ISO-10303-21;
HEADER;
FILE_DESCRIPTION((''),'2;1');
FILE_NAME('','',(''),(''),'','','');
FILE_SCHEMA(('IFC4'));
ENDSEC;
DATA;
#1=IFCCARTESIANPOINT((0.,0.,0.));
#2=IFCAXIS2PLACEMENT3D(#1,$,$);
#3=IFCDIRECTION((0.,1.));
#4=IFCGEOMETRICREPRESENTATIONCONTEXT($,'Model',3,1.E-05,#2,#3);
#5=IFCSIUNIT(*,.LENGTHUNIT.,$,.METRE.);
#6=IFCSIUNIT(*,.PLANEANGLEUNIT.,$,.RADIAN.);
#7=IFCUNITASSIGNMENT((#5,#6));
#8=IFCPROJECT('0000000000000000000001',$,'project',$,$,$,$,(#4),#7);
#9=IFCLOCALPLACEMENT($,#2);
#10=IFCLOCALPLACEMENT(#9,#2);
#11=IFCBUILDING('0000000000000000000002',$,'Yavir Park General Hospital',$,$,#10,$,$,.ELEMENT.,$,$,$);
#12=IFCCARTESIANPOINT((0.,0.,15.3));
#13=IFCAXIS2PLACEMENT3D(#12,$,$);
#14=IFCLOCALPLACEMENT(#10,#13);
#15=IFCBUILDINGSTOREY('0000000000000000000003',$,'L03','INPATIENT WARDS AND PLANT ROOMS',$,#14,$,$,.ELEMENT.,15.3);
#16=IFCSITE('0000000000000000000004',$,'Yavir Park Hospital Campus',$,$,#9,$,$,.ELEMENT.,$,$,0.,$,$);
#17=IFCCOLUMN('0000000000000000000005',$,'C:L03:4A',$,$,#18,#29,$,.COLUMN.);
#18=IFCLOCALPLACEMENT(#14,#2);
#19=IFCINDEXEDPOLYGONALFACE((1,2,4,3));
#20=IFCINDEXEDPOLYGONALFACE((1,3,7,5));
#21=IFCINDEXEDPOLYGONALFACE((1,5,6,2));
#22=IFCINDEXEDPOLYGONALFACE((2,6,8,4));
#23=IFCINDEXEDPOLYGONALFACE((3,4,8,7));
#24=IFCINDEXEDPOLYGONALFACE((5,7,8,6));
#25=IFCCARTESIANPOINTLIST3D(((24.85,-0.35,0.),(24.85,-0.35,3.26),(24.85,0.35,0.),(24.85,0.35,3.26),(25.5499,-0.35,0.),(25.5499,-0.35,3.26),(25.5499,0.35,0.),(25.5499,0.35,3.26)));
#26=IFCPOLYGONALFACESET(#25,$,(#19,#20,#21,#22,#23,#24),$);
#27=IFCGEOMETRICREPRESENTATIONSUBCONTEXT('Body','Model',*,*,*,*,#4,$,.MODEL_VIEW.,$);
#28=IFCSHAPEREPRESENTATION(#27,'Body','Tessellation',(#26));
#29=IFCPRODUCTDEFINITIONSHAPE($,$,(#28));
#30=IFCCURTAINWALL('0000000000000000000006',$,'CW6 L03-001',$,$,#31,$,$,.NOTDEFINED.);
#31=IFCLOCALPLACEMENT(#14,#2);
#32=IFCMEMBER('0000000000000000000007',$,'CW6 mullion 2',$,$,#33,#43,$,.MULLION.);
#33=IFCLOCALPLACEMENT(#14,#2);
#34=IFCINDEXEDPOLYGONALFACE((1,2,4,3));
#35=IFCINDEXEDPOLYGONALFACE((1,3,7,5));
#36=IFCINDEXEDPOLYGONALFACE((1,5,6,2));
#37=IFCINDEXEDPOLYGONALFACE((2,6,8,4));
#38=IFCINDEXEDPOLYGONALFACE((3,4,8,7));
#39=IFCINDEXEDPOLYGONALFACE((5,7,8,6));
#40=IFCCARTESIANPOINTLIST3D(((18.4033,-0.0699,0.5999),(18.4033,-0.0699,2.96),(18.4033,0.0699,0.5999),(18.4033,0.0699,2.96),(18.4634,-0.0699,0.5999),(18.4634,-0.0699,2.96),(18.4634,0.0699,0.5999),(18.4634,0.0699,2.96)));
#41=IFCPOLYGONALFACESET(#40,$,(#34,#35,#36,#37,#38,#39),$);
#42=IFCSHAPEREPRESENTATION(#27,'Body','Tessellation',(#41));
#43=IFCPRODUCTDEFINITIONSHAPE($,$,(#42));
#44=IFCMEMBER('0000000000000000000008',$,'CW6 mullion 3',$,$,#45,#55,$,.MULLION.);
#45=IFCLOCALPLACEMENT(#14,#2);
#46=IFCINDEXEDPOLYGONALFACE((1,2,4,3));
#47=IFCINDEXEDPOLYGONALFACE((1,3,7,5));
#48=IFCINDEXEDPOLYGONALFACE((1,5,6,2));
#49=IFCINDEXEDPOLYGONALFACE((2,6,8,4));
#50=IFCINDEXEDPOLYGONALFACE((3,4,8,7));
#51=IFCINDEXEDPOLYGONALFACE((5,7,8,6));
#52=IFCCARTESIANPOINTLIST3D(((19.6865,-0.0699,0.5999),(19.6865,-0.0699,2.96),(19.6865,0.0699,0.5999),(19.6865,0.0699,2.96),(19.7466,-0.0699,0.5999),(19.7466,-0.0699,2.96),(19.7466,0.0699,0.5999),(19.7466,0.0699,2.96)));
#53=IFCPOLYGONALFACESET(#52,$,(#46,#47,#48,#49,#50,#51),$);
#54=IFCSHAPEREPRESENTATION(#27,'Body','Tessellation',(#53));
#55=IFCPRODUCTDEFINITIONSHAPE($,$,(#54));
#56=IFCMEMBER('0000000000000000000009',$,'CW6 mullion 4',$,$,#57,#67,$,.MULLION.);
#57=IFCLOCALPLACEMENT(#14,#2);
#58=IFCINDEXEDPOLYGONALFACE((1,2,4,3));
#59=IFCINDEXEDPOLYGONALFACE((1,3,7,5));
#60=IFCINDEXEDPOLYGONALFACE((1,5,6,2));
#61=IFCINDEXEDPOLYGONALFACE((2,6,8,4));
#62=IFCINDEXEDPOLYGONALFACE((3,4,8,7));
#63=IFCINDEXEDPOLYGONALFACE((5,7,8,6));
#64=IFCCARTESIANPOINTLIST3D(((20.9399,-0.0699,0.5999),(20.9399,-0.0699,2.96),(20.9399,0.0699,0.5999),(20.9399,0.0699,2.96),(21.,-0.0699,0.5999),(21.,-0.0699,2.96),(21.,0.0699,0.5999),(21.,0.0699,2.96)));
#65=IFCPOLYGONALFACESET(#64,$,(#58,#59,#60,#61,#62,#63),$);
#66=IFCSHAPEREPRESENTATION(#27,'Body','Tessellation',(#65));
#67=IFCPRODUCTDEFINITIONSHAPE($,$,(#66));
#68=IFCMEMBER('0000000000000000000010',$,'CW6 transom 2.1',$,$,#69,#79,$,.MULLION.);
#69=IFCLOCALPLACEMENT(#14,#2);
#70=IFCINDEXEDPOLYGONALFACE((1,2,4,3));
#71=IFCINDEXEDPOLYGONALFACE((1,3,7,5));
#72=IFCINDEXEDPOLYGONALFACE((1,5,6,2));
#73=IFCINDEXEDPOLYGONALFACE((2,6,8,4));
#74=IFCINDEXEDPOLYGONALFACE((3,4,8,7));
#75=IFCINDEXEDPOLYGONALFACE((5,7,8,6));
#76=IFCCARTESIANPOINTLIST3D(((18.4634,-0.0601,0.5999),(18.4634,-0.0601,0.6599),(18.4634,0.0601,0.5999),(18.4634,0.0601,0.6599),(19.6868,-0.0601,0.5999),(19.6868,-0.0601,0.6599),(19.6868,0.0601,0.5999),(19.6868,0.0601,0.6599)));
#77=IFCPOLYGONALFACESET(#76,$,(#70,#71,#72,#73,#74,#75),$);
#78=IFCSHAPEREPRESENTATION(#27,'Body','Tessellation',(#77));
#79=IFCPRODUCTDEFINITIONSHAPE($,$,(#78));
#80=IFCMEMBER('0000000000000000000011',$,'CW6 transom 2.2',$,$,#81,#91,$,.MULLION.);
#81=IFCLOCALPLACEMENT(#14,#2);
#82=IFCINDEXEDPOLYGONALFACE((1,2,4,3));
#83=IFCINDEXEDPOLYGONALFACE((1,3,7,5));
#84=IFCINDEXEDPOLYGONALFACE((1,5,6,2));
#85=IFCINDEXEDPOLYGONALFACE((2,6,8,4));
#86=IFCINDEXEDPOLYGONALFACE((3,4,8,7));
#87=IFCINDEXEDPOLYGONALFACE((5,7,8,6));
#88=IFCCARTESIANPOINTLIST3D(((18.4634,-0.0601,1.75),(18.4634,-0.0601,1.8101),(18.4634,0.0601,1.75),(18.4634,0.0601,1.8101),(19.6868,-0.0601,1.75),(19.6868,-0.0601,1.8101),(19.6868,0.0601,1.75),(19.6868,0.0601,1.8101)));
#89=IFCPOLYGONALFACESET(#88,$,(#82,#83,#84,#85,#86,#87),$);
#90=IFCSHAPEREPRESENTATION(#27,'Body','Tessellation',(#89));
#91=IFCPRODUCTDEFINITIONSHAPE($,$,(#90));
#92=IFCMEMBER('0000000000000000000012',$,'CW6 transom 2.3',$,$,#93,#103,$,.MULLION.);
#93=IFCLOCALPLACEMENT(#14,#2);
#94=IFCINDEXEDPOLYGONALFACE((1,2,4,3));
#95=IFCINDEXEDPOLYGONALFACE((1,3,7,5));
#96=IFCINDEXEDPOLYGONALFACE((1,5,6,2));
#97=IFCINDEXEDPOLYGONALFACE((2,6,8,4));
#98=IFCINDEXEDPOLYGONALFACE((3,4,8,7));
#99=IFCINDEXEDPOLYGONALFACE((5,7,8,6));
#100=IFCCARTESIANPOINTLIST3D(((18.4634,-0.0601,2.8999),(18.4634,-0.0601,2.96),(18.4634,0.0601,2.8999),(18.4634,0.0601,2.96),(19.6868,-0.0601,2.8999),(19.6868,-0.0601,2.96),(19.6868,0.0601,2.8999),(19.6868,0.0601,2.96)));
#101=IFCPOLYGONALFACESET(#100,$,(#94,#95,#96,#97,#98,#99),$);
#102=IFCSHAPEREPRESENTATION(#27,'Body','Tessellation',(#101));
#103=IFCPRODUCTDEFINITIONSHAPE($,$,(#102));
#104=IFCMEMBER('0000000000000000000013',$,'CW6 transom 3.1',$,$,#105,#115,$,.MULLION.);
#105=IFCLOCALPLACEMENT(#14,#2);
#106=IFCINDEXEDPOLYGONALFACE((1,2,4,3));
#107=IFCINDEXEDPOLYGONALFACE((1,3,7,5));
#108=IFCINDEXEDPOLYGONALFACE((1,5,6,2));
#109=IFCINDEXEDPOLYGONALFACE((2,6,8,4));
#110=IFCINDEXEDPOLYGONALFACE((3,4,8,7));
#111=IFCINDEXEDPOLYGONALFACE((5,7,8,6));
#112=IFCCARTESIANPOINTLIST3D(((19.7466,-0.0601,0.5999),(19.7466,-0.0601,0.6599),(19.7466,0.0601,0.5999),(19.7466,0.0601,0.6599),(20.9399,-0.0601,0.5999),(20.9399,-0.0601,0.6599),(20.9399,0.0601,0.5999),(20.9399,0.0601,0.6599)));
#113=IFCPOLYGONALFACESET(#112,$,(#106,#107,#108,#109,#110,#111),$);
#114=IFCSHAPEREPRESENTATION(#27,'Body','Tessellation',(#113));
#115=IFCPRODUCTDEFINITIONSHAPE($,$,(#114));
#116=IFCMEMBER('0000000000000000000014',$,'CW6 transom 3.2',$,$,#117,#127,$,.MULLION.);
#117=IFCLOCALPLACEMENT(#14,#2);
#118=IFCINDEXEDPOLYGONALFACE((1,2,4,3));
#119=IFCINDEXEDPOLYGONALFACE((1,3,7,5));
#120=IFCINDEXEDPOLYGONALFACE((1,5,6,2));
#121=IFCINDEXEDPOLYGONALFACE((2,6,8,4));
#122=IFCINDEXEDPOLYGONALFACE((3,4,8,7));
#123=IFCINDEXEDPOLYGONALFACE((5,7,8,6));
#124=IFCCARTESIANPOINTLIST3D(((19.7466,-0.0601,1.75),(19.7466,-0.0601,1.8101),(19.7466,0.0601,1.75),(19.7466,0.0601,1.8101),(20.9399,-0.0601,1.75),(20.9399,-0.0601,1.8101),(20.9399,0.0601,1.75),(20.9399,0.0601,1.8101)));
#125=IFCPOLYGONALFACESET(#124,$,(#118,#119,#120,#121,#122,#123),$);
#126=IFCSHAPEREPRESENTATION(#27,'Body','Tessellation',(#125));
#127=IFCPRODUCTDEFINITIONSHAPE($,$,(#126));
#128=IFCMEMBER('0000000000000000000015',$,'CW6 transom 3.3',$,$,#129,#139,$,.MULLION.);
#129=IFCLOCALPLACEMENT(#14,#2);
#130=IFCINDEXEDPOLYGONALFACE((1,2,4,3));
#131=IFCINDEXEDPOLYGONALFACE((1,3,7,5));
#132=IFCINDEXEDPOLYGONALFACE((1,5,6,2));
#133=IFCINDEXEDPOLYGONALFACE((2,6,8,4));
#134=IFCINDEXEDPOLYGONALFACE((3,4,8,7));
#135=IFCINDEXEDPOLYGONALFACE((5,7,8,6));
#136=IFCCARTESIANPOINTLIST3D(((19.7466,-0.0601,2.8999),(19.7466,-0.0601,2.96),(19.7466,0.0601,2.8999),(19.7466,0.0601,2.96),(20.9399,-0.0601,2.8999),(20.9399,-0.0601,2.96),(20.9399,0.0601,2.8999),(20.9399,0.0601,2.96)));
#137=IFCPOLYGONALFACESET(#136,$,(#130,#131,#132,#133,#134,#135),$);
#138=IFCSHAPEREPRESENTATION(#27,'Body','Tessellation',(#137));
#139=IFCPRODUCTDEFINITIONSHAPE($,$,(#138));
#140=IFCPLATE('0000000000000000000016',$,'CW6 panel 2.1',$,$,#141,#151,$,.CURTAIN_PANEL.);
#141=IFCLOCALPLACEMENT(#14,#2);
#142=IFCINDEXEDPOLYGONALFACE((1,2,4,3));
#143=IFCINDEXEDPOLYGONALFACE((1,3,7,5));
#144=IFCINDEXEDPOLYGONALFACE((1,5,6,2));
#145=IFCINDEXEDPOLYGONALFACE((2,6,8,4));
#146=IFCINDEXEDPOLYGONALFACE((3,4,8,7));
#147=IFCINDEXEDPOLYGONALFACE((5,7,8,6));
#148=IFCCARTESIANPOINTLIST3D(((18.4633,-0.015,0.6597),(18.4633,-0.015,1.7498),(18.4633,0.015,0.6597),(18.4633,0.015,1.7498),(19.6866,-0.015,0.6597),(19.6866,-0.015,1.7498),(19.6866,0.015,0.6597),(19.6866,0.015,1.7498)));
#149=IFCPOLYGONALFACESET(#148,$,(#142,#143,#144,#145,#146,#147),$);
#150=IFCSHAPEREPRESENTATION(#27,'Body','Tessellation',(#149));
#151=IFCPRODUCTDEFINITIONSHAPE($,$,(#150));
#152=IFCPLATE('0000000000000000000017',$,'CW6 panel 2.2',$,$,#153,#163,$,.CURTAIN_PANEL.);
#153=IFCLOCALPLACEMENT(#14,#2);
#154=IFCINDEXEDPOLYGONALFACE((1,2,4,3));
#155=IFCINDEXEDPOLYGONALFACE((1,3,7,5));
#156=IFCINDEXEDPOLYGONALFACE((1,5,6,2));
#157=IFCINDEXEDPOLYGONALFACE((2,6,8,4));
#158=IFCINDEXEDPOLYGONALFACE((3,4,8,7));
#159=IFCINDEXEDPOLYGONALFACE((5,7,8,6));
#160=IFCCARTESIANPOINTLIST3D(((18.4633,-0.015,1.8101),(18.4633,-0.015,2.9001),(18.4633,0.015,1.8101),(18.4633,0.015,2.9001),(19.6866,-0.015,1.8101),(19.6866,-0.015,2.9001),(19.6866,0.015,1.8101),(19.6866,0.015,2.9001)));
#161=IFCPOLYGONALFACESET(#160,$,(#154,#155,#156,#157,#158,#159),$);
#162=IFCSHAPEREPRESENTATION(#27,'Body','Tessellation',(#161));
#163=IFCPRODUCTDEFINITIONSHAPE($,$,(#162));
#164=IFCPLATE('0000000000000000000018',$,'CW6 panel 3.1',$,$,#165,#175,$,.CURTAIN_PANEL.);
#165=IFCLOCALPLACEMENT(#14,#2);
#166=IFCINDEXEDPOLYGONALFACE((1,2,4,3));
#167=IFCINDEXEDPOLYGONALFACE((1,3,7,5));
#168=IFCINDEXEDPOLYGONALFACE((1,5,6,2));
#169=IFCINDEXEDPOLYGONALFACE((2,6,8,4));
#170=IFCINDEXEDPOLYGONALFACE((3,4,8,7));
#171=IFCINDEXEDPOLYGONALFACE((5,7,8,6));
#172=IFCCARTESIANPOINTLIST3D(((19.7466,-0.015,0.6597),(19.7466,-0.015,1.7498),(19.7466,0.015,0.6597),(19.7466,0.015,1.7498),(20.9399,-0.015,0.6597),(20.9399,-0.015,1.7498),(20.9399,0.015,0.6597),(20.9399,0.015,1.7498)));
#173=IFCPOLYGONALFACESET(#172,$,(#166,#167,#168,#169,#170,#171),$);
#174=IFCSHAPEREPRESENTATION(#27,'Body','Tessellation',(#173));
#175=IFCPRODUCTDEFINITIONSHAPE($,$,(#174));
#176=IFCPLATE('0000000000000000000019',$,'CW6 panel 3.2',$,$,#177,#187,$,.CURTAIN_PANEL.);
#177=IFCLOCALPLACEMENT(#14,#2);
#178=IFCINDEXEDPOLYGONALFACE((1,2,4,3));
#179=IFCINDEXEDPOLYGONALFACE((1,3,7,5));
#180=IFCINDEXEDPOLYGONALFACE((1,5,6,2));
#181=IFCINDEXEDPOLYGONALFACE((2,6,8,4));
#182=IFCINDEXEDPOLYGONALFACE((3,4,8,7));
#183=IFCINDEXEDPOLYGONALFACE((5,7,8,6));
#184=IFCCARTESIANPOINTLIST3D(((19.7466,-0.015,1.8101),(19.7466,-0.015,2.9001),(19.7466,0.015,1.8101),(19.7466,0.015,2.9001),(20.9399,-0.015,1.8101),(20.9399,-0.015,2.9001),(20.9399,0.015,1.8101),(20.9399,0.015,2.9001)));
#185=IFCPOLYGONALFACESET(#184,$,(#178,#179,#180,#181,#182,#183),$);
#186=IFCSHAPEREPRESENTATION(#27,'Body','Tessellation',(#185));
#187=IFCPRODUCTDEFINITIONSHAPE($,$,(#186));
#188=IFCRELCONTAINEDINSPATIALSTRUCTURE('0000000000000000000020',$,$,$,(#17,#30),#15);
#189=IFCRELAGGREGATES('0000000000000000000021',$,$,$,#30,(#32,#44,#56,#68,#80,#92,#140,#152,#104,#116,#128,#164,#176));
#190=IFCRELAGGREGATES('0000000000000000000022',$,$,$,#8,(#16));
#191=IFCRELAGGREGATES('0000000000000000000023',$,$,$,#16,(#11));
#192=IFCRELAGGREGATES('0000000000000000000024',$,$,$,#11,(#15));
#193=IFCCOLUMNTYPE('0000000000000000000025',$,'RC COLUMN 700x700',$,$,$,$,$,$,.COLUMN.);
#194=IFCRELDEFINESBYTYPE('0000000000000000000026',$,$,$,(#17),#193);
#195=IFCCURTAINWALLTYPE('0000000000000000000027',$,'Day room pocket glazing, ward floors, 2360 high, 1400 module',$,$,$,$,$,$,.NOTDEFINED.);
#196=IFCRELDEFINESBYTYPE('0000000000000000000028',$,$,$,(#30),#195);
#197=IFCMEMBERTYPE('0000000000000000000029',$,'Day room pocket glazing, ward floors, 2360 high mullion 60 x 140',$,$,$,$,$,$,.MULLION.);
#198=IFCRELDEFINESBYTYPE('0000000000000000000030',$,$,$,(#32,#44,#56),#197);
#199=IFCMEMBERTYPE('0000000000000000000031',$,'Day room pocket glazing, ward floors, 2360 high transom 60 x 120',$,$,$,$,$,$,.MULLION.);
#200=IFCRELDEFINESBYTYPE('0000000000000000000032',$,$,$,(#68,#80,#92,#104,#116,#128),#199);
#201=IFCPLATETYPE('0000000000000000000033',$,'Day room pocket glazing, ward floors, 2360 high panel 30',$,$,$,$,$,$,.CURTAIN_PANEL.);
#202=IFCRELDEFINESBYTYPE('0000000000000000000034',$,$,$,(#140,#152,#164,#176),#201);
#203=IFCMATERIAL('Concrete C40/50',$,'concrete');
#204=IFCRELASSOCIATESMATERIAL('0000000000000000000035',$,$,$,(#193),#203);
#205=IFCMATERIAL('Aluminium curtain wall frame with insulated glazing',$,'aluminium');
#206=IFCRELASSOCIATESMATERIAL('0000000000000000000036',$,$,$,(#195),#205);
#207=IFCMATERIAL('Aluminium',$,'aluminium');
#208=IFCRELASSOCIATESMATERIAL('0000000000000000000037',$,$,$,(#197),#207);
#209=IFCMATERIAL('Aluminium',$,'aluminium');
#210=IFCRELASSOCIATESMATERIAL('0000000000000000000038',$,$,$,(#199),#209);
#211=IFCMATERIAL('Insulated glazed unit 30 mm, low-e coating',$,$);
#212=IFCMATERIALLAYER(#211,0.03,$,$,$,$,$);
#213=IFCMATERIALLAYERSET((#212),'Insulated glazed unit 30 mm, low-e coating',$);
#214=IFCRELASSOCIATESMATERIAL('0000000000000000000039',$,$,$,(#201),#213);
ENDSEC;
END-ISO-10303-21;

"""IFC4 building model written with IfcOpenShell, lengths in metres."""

from ifc_helpers import new_model, si_unit, direction, frame, origin, origin_2d, place, context, subcontext, project, spatial, rectangle, extrude, material, layer, layer_set, material_profile, profile_set, type_object, element, aggregate, save


model = new_model("IFC4")

# Units and contexts
model_context = context("Model", 3, precision=1e-05, world=origin(), true_north=direction((0.0, 1.0)))
body_context = subcontext(model_context, "Body", "Model", "MODEL_VIEW")
ifc_project = project(units=[si_unit("LENGTHUNIT", "METRE"), si_unit("PLANEANGLEUNIT", "RADIAN")], contexts=[model_context])

# Site, building, storey
site_placement = place(None, origin())
site = spatial("IfcSite", under=ifc_project, at=site_placement, Name="Yavir Park Hospital Campus", CompositionType="ELEMENT", RefElevation=0.0)
building_placement = place(site_placement, origin())
building = spatial("IfcBuilding", under=site, at=building_placement, Name="Yavir Park General Hospital", CompositionType="ELEMENT")
storey_placement = place(building_placement, frame((0.0, 0.0, 15.3)))
storey = spatial("IfcBuildingStorey", under=building, at=storey_placement, Name="L03", Description="INPATIENT WARDS AND PLANT ROOMS", CompositionType="ELEMENT", Elevation=15.3)

# Column
ifc_material_1 = material(Name="Concrete C40/50", Category="concrete")
ifc_material_profile_1 = material_profile(ifc_material_1, rectangle(XDim=0.7, YDim=0.7, at=origin_2d()), Name="RC700x700")
ifc_profile_set_1 = profile_set([ifc_material_profile_1], Name="Concrete C40/50")
column_type = type_object("IfcColumnType", Name="RC COLUMN 700x700", PredefinedType="COLUMN", material=ifc_profile_set_1)
column_placement = place(storey_placement, frame((25.2, 0.0, 0.0), z_axis=(0.0, 0.0, 1.0), x_axis=(1.0, 0.0, 0.0)))
element("IfcColumn", 1, at=column_placement, inside=storey, type_object=column_type, Name="C:L03:4A", PredefinedType="COLUMN", context=body_context, shape_type="SweptSolid", body=[
    extrude(rectangle(XDim=0.7, YDim=0.7, at=origin_2d()), origin(), (0.0, 0.0, 1.0), 3.26),
])

# Curtain wall, members, plates
ifc_material_2 = material(Name="Aluminium curtain wall frame with insulated glazing", Category="aluminium")
curtain_wall_type = type_object("IfcCurtainWallType", Name="Day room pocket glazing, ward floors, 2360 high, 1400 module", PredefinedType="NOTDEFINED", material=ifc_material_2)
curtain_wall_placement = place(storey_placement, origin())
curtain_wall = element("IfcCurtainWall", 2, at=curtain_wall_placement, inside=storey, type_object=curtain_wall_type, Name="CW6 L03-001", PredefinedType="NOTDEFINED")
ifc_material_3 = material(Name="Aluminium", Category="aluminium")
ifc_material_profile_2 = material_profile(ifc_material_3, rectangle(XDim=0.1399, YDim=0.0601, at=origin_2d()), Name="AL 60x140")
ifc_profile_set_2 = profile_set([ifc_material_profile_2], Name="Aluminium")
member_type_1 = type_object("IfcMemberType", Name="Day room pocket glazing, ward floors, 2360 high mullion 60 x 140", PredefinedType="MULLION", material=ifc_profile_set_2)
member_1_placement = place(storey_placement, frame((18.4333, 0.0, 0.5999), z_axis=(0.0, 0.0, 1.0), x_axis=(0.0, 1.0, 0.0)))
member_1 = element("IfcMember", 3, at=member_1_placement, type_object=member_type_1, Name="CW6 mullion 2", PredefinedType="MULLION", context=body_context, shape_type="SweptSolid", body=[
    extrude(rectangle(XDim=0.1399, YDim=0.0601, at=origin_2d()), origin(), (0.0, 0.0, 1.0), 2.3601),
])
member_2_placement = place(storey_placement, frame((19.7166, 0.0, 0.5999), z_axis=(0.0, 0.0, 1.0), x_axis=(0.0, 1.0, 0.0)))
member_2 = element("IfcMember", 4, at=member_2_placement, type_object=member_type_1, Name="CW6 mullion 3", PredefinedType="MULLION", context=body_context, shape_type="SweptSolid", body=[
    extrude(rectangle(XDim=0.1399, YDim=0.0601, at=origin_2d()), origin(), (0.0, 0.0, 1.0), 2.3601),
])
member_3_placement = place(storey_placement, frame((20.97, 0.0, 0.5999), z_axis=(0.0, 0.0, 1.0), x_axis=(0.0, 1.0, 0.0)))
member_3 = element("IfcMember", 5, at=member_3_placement, type_object=member_type_1, Name="CW6 mullion 4", PredefinedType="MULLION", context=body_context, shape_type="SweptSolid", body=[
    extrude(rectangle(XDim=0.1399, YDim=0.0601, at=origin_2d()), origin(), (0.0, 0.0, 1.0), 2.3601),
])
ifc_material_4 = material(Name="Aluminium", Category="aluminium")
ifc_material_profile_3 = material_profile(ifc_material_4, rectangle(XDim=0.1201, YDim=0.0601, at=origin_2d()), Name="AL 120x60")
ifc_profile_set_3 = profile_set([ifc_material_profile_3], Name="Aluminium")
member_type_2 = type_object("IfcMemberType", Name="Day room pocket glazing, ward floors, 2360 high transom 60 x 120", PredefinedType="MULLION", material=ifc_profile_set_3)
member_4_placement = place(storey_placement, frame((18.4634, 0.0, 0.6299), z_axis=(1.0, 0.0, 0.0), x_axis=(0.0, 1.0, 0.0)))
member_4 = element("IfcMember", 6, at=member_4_placement, type_object=member_type_2, Name="CW6 transom 2.1", PredefinedType="MULLION", context=body_context, shape_type="SweptSolid", body=[
    extrude(rectangle(XDim=0.1201, YDim=0.0601, at=origin_2d()), origin(), (0.0, 0.0, 1.0), 1.2234),
])
member_5_placement = place(storey_placement, frame((18.4634, 0.0, 1.78), z_axis=(1.0, 0.0, 0.0), x_axis=(0.0, 1.0, 0.0)))
member_5 = element("IfcMember", 7, at=member_5_placement, type_object=member_type_2, Name="CW6 transom 2.2", PredefinedType="MULLION", context=body_context, shape_type="SweptSolid", body=[
    extrude(rectangle(XDim=0.1201, YDim=0.0601, at=origin_2d()), origin(), (0.0, 0.0, 1.0), 1.2234),
])
member_6_placement = place(storey_placement, frame((18.4634, 0.0, 2.9299), z_axis=(1.0, 0.0, 0.0), x_axis=(0.0, 1.0, 0.0)))
member_6 = element("IfcMember", 8, at=member_6_placement, type_object=member_type_2, Name="CW6 transom 2.3", PredefinedType="MULLION", context=body_context, shape_type="SweptSolid", body=[
    extrude(rectangle(XDim=0.1201, YDim=0.0601, at=origin_2d()), origin(), (0.0, 0.0, 1.0), 1.2234),
])
member_7_placement = place(storey_placement, frame((19.7466, 0.0, 0.6299), z_axis=(1.0, 0.0, 0.0), x_axis=(0.0, 1.0, 0.0)))
member_7 = element("IfcMember", 9, at=member_7_placement, type_object=member_type_2, Name="CW6 transom 3.1", PredefinedType="MULLION", context=body_context, shape_type="SweptSolid", body=[
    extrude(rectangle(XDim=0.1201, YDim=0.0601, at=origin_2d()), origin(), (0.0, 0.0, 1.0), 1.1934),
])
member_8_placement = place(storey_placement, frame((19.7466, 0.0, 1.78), z_axis=(1.0, 0.0, 0.0), x_axis=(0.0, 1.0, 0.0)))
member_8 = element("IfcMember", 10, at=member_8_placement, type_object=member_type_2, Name="CW6 transom 3.2", PredefinedType="MULLION", context=body_context, shape_type="SweptSolid", body=[
    extrude(rectangle(XDim=0.1201, YDim=0.0601, at=origin_2d()), origin(), (0.0, 0.0, 1.0), 1.1934),
])
member_9_placement = place(storey_placement, frame((19.7466, 0.0, 2.9299), z_axis=(1.0, 0.0, 0.0), x_axis=(0.0, 1.0, 0.0)))
member_9 = element("IfcMember", 11, at=member_9_placement, type_object=member_type_2, Name="CW6 transom 3.3", PredefinedType="MULLION", context=body_context, shape_type="SweptSolid", body=[
    extrude(rectangle(XDim=0.1201, YDim=0.0601, at=origin_2d()), origin(), (0.0, 0.0, 1.0), 1.1934),
])
ifc_material_5 = material(Name="Insulated glazed unit 30 mm, low-e coating")
ifc_layer_1 = layer(ifc_material_5, 0.03)
ifc_layer_set_1 = layer_set([ifc_layer_1], Name="Insulated glazed unit 30 mm, low-e coating")
plate_type = type_object("IfcPlateType", Name="Day room pocket glazing, ward floors, 2360 high panel 30", PredefinedType="CURTAIN_PANEL", material=ifc_layer_set_1)
plate_1_placement = place(storey_placement, frame((19.075, 0.0, 0.6597), z_axis=(0.0, 0.0, 1.0), x_axis=(1.0, 0.0, 0.0)))
plate_1 = element("IfcPlate", 12, at=plate_1_placement, type_object=plate_type, Name="CW6 panel 2.1", PredefinedType="CURTAIN_PANEL", context=body_context, shape_type="SweptSolid", body=[
    extrude(rectangle(XDim=1.2234, YDim=0.03, at=origin_2d()), origin(), (0.0, 0.0, 1.0), 1.0901),
])
plate_2_placement = place(storey_placement, frame((19.075, 0.0, 1.8101), z_axis=(0.0, 0.0, 1.0), x_axis=(1.0, 0.0, 0.0)))
plate_2 = element("IfcPlate", 13, at=plate_2_placement, type_object=plate_type, Name="CW6 panel 2.2", PredefinedType="CURTAIN_PANEL", context=body_context, shape_type="SweptSolid", body=[
    extrude(rectangle(XDim=1.2234, YDim=0.03, at=origin_2d()), origin(), (0.0, 0.0, 1.0), 1.0901),
])
plate_3_placement = place(storey_placement, frame((20.3433, 0.0, 0.6597), z_axis=(0.0, 0.0, 1.0), x_axis=(1.0, 0.0, 0.0)))
plate_3 = element("IfcPlate", 14, at=plate_3_placement, type_object=plate_type, Name="CW6 panel 3.1", PredefinedType="CURTAIN_PANEL", context=body_context, shape_type="SweptSolid", body=[
    extrude(rectangle(XDim=1.1934, YDim=0.03, at=origin_2d()), origin(), (0.0, 0.0, 1.0), 1.0901),
])
plate_4_placement = place(storey_placement, frame((20.3433, 0.0, 1.8101), z_axis=(0.0, 0.0, 1.0), x_axis=(1.0, 0.0, 0.0)))
plate_4 = element("IfcPlate", 15, at=plate_4_placement, type_object=plate_type, Name="CW6 panel 3.2", PredefinedType="CURTAIN_PANEL", context=body_context, shape_type="SweptSolid", body=[
    extrude(rectangle(XDim=1.1934, YDim=0.03, at=origin_2d()), origin(), (0.0, 0.0, 1.0), 1.0901),
])
aggregate(curtain_wall, [member_1, member_2, member_3, member_4, member_5, member_6, plate_1, plate_2, member_7, member_8, member_9, plate_3, plate_4])

save(model, "model.ifc")
